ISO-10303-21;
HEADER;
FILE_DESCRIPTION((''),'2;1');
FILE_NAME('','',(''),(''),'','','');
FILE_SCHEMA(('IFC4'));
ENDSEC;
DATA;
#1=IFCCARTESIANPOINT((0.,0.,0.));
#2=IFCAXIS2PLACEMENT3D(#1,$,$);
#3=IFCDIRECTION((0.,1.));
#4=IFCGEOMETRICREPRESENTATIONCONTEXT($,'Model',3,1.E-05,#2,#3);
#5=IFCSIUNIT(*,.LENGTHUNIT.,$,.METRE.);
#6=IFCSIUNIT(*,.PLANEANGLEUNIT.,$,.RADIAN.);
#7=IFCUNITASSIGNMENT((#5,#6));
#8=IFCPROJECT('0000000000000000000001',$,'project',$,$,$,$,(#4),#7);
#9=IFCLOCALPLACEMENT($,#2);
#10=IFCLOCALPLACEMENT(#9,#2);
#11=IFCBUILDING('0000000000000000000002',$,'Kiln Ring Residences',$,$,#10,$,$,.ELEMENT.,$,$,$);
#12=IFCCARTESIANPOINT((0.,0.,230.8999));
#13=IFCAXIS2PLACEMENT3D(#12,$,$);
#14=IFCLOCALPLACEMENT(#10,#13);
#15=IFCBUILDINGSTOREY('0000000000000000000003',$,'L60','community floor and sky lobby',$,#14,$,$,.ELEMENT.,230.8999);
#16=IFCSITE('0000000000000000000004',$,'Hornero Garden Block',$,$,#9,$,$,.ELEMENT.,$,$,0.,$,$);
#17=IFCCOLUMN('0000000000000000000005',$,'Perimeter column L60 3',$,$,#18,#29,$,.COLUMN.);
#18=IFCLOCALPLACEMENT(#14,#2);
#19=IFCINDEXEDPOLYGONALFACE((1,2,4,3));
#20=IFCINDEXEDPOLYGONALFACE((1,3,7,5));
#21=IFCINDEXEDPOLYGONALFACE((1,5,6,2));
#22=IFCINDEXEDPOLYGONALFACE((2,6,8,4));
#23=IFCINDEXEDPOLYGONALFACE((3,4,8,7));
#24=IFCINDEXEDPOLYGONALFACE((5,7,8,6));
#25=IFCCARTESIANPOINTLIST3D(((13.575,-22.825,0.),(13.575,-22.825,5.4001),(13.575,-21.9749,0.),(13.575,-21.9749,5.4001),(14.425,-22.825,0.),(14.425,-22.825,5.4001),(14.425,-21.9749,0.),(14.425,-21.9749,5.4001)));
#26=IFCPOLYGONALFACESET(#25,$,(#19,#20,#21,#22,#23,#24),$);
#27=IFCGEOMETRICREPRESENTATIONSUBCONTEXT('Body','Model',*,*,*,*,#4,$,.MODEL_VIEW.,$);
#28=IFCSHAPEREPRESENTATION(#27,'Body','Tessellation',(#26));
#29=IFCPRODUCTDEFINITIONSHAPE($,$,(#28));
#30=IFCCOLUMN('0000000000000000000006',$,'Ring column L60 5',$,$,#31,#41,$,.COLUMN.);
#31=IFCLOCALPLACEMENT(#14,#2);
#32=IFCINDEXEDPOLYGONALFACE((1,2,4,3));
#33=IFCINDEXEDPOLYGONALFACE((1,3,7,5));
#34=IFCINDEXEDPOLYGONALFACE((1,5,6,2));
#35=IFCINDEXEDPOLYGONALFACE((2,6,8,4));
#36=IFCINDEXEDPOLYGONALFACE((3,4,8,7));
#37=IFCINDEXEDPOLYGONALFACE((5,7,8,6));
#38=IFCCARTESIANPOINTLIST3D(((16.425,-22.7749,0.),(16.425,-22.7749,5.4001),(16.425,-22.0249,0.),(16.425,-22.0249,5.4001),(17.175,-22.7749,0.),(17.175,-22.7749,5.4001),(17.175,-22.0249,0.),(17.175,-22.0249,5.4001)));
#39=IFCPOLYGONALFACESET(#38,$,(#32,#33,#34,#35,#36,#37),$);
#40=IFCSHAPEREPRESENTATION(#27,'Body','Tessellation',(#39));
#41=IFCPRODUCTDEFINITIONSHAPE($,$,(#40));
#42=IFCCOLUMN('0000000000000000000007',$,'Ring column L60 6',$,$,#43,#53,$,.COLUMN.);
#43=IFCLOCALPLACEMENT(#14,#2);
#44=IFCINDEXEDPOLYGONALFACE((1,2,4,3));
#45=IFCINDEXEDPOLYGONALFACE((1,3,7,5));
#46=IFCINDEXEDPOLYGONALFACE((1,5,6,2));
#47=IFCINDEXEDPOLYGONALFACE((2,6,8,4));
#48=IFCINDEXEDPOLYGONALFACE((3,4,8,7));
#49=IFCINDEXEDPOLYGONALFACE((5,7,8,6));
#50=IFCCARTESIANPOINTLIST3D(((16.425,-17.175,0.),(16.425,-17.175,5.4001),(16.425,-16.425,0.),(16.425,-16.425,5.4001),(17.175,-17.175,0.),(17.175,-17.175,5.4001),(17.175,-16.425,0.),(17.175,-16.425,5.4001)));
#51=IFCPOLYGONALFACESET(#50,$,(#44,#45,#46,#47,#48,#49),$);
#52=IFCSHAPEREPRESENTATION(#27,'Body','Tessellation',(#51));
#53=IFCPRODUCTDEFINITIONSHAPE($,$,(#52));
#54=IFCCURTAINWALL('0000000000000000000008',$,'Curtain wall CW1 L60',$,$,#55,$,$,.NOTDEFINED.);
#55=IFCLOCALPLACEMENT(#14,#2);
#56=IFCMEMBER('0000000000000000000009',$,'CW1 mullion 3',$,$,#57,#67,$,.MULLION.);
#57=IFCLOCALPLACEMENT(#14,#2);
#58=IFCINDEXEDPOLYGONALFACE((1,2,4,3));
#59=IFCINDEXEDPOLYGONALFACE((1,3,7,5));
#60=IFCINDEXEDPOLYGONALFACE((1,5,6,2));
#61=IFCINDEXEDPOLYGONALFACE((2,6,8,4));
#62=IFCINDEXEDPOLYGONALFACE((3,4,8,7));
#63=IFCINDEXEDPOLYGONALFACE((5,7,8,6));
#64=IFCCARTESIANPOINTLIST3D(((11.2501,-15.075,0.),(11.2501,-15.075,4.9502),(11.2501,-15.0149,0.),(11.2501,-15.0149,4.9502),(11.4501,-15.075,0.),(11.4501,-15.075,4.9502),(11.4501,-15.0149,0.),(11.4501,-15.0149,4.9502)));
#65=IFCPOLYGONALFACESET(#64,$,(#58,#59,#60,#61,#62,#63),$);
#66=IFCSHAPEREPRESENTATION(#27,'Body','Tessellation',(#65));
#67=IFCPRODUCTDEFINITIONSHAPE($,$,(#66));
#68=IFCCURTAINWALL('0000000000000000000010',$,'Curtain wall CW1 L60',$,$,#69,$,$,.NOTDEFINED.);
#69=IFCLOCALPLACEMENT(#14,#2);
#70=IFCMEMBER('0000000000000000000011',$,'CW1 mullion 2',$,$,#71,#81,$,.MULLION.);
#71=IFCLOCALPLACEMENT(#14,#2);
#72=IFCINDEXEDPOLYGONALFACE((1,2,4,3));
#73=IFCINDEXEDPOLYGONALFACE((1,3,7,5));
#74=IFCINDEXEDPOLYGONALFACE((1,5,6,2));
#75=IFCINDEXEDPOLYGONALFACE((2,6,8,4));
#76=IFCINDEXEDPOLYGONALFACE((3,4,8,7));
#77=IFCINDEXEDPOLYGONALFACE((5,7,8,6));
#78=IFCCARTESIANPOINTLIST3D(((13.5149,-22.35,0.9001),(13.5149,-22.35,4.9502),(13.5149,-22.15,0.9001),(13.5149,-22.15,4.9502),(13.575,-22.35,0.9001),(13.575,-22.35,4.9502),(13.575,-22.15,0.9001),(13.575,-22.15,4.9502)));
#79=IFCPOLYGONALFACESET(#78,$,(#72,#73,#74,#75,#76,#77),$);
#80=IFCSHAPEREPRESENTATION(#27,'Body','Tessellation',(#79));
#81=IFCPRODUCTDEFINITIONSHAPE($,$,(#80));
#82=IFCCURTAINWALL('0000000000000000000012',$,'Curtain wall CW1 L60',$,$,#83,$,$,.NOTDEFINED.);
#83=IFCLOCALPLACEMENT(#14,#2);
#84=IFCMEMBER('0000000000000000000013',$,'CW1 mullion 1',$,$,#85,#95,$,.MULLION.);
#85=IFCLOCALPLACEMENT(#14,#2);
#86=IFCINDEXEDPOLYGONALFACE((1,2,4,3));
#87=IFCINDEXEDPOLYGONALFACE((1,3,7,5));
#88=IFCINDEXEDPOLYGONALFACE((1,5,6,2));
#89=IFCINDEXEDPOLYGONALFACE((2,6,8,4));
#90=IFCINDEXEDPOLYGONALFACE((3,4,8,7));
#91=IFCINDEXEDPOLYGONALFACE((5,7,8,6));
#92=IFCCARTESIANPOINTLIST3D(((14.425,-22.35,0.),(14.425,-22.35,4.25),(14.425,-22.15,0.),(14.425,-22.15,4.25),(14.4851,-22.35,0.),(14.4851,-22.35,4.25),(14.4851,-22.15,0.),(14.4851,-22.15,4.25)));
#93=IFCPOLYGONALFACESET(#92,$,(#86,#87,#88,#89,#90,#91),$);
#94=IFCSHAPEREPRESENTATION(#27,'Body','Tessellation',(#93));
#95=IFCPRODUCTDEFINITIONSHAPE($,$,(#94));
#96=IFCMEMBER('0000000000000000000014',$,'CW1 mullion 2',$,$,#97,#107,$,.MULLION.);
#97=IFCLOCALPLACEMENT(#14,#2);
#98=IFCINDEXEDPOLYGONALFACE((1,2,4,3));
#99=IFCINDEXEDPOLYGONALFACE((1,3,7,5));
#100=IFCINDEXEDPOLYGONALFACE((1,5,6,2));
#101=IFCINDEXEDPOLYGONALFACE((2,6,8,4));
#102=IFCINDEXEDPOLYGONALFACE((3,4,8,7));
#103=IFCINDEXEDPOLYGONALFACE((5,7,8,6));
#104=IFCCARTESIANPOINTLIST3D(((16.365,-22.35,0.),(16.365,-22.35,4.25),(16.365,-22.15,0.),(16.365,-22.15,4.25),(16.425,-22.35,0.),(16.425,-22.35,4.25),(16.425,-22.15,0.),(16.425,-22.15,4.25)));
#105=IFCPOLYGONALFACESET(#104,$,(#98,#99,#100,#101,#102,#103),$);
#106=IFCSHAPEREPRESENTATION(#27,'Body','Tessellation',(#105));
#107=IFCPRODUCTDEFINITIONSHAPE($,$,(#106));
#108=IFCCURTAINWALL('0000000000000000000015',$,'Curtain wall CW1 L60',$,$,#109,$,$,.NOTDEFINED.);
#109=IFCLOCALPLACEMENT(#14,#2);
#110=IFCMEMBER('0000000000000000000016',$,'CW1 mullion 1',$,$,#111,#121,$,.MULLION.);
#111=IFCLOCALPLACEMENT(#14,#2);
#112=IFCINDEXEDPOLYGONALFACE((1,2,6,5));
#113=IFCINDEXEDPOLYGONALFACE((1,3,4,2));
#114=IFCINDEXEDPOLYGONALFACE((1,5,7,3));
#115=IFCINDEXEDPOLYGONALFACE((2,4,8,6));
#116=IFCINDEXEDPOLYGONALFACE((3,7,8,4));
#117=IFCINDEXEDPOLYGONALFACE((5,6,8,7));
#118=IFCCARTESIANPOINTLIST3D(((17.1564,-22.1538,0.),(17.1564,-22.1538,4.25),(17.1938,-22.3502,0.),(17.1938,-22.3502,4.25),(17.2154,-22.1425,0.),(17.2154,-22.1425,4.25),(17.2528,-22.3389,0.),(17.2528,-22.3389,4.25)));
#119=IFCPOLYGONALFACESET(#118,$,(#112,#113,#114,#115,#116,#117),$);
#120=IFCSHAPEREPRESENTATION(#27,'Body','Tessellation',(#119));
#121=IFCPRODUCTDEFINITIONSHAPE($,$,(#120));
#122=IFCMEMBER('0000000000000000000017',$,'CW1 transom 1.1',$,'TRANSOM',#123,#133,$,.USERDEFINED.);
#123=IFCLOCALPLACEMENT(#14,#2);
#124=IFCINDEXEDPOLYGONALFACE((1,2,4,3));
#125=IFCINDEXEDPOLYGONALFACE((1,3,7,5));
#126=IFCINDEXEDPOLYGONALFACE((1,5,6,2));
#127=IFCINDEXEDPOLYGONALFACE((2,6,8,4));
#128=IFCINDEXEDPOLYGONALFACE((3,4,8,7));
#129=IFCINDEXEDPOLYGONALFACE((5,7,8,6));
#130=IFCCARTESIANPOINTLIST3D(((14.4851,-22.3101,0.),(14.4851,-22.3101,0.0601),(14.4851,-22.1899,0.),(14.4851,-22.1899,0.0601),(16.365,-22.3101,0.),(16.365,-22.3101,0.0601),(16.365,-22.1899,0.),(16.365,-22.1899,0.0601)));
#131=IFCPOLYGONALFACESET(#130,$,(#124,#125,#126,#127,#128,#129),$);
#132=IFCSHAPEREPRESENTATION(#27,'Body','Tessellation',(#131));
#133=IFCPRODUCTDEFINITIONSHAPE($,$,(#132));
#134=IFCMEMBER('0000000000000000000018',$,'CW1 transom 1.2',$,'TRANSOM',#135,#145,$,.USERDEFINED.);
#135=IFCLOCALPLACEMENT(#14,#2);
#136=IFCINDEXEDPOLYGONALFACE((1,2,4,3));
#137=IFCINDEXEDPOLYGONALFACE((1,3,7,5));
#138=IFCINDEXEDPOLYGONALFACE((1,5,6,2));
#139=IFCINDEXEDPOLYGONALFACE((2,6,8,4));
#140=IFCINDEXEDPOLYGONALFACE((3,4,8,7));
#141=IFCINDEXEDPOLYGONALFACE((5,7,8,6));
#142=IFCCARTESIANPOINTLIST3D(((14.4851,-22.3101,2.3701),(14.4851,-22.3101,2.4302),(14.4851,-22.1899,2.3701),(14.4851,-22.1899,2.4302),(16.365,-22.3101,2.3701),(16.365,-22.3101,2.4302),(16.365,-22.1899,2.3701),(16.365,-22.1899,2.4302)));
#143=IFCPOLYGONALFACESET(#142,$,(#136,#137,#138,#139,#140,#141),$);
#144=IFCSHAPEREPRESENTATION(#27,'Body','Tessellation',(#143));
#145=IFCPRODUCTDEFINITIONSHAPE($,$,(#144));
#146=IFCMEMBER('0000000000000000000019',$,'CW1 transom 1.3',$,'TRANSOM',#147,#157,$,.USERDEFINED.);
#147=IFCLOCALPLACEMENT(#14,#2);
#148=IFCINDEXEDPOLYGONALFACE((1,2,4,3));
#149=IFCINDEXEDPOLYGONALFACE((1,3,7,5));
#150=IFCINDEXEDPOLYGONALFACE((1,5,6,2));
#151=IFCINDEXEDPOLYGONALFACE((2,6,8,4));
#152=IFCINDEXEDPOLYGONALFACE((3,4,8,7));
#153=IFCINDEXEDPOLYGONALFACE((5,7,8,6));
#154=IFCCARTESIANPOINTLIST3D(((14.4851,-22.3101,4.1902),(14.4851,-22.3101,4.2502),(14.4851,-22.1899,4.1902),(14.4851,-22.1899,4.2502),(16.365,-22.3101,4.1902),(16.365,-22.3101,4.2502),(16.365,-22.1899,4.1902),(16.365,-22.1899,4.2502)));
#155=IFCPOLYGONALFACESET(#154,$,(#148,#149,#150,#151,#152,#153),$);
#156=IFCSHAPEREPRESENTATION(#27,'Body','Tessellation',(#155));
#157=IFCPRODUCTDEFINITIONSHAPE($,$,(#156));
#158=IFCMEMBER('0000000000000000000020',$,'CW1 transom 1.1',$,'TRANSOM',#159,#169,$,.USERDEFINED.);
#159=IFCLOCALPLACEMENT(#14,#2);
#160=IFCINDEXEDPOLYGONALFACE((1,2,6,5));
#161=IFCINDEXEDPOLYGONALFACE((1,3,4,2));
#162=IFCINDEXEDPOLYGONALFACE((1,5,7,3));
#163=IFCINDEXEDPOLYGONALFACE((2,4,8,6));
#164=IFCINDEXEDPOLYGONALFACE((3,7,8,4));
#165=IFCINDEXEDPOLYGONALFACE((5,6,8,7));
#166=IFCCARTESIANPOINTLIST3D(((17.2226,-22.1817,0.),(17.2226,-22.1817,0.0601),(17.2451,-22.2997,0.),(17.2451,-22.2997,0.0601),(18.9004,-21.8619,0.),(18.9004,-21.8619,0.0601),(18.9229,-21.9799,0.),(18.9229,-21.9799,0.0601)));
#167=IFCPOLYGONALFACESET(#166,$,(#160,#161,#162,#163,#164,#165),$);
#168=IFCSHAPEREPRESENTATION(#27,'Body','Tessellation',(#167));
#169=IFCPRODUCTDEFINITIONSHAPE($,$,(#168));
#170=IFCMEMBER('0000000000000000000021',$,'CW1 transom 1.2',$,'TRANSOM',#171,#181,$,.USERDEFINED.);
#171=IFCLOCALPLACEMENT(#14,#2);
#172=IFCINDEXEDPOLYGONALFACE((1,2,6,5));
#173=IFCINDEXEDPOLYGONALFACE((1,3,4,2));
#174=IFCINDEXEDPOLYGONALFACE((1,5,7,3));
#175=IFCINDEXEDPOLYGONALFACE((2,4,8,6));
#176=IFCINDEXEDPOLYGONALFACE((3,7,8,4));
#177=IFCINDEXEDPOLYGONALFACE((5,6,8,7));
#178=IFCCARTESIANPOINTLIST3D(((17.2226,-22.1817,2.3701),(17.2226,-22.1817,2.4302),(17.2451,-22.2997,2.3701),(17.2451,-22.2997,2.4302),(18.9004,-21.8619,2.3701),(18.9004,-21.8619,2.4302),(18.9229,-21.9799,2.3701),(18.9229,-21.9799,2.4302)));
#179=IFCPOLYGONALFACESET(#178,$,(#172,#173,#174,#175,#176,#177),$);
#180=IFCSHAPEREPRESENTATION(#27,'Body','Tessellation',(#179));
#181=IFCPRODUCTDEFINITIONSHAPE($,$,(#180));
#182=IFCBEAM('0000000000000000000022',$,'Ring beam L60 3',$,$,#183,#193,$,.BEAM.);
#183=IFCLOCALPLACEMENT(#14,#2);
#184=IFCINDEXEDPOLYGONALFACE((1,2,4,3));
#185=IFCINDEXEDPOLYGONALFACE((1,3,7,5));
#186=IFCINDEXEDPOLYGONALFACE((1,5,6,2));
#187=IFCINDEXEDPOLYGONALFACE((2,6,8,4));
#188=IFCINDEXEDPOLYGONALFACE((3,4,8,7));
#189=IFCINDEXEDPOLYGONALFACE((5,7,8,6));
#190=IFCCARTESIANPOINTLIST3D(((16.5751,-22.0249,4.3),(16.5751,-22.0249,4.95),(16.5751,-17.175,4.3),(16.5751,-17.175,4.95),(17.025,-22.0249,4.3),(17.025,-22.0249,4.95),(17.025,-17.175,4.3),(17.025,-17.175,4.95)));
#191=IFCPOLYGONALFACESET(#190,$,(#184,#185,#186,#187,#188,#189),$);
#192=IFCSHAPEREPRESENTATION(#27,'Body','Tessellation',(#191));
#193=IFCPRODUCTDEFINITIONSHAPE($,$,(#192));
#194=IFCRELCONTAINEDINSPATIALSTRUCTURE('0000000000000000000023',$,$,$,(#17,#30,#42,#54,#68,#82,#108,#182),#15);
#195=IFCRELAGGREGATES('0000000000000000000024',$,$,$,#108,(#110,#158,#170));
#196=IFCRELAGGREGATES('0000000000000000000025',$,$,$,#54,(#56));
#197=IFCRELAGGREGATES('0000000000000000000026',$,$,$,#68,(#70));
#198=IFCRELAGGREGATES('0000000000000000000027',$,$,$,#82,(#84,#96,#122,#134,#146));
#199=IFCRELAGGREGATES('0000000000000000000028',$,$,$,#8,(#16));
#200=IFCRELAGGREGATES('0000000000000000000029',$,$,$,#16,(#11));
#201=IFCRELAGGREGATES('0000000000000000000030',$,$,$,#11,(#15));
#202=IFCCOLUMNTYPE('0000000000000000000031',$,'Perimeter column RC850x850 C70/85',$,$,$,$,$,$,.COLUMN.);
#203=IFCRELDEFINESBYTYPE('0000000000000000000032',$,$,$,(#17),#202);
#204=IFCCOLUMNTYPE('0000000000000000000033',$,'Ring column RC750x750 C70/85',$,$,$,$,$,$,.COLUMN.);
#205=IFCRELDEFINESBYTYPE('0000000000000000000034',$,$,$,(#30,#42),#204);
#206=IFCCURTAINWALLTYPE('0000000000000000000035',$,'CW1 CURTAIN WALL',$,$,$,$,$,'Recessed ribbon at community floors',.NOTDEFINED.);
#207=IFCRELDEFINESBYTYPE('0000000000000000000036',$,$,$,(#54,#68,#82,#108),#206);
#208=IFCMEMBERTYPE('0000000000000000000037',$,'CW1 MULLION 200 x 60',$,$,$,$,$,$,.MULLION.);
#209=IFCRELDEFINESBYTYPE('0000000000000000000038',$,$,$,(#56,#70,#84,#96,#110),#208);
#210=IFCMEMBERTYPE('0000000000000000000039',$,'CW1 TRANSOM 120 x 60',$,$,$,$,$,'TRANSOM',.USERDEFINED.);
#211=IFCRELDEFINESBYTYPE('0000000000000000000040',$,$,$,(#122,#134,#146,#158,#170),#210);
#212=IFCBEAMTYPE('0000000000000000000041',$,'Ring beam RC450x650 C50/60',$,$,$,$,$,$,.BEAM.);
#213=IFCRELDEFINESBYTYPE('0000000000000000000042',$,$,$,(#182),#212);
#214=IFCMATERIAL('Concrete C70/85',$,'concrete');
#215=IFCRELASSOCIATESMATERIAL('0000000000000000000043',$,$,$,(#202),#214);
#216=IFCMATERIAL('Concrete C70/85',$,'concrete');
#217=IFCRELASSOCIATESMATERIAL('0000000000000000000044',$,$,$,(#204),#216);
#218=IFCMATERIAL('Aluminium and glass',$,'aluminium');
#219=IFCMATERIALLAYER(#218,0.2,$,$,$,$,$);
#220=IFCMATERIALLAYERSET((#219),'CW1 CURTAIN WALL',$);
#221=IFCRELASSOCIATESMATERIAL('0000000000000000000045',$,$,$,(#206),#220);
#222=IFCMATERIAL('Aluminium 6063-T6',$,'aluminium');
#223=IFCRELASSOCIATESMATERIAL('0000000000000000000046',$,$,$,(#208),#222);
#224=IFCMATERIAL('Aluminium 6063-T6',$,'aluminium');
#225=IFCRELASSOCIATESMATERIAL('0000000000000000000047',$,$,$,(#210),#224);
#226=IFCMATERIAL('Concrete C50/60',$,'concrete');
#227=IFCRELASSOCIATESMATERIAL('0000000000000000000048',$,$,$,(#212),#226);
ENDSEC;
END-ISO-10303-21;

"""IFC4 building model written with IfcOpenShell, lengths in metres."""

from ifc_helpers import new_model, si_unit, direction, frame, origin, origin_2d, place, context, subcontext, project, spatial, rectangle, extrude, material, layer, layer_set, material_profile, profile_set, type_object, element, aggregate, save


model = new_model("IFC4")

# Units and contexts
model_context = context("Model", 3, precision=1e-05, world=origin(), true_north=direction((0.0, 1.0)))
body_context = subcontext(model_context, "Body", "Model", "MODEL_VIEW")
ifc_project = project(units=[si_unit("LENGTHUNIT", "METRE"), si_unit("PLANEANGLEUNIT", "RADIAN")], contexts=[model_context])

# Site, building, storey
site_placement = place(None, origin())
site = spatial("IfcSite", under=ifc_project, at=site_placement, Name="Hornero Garden Block", CompositionType="ELEMENT", RefElevation=0.0)
building_placement = place(site_placement, origin())
building = spatial("IfcBuilding", under=site, at=building_placement, Name="Kiln Ring Residences", CompositionType="ELEMENT")
storey_placement = place(building_placement, frame((0.0, 0.0, 230.8999)))
storey = spatial("IfcBuildingStorey", under=building, at=storey_placement, Name="L60", Description="community floor and sky lobby", CompositionType="ELEMENT", Elevation=230.8999)

# Columns
ifc_material_1 = material(Name="Concrete C70/85", Category="concrete")
ifc_material_profile_1 = material_profile(ifc_material_1, rectangle(XDim=0.8501, YDim=0.8501, at=origin_2d()), Name="RC850x850")
ifc_profile_set_1 = profile_set([ifc_material_profile_1], Name="Concrete C70/85")
column_type_1 = type_object("IfcColumnType", Name="Perimeter column RC850x850 C70/85", PredefinedType="COLUMN", material=ifc_profile_set_1)
column_placement = place(storey_placement, frame((14.0, -22.3999, 0.0), z_axis=(0.0, 0.0, 1.0), x_axis=(1.0, 0.0, 0.0)))
element("IfcColumn", 1, at=column_placement, inside=storey, type_object=column_type_1, Name="Perimeter column L60 3", PredefinedType="COLUMN", context=body_context, shape_type="SweptSolid", body=[
    extrude(rectangle(XDim=0.8501, YDim=0.8501, at=origin_2d()), origin(), (0.0, 0.0, 1.0), 5.4001),
])
ifc_material_2 = material(Name="Concrete C70/85", Category="concrete")
ifc_material_profile_2 = material_profile(ifc_material_2, rectangle(XDim=0.75, YDim=0.75, at=origin_2d()), Name="RC750x750")
ifc_profile_set_2 = profile_set([ifc_material_profile_2], Name="Concrete C70/85")
column_type_2 = type_object("IfcColumnType", Name="Ring column RC750x750 C70/85", PredefinedType="COLUMN", material=ifc_profile_set_2)
for number, where, z_axis, x_axis, name in (
    (2, (16.8, -22.3999, 0.0), (0.0, 0.0, 1.0), (1.0, 0.0, 0.0), "Ring column L60 5"),
    (3, (16.8, -16.8, 0.0), (0.0, 0.0, 1.0), (1.0, 0.0, 0.0), "Ring column L60 6"),
):
    element("IfcColumn", number, at=place(storey_placement, frame(where, z_axis=z_axis, x_axis=x_axis)), inside=storey, type_object=column_type_2, Name=name, PredefinedType="COLUMN", context=body_context, shape_type="SweptSolid", body=[
        extrude(rectangle(XDim=0.75, YDim=0.75, at=origin_2d()), origin(), (0.0, 0.0, 1.0), 5.4001),
    ])

# Curtain walls, members
ifc_material_3 = material(Name="Aluminium and glass", Category="aluminium")
ifc_layer_1 = layer(ifc_material_3, 0.2)
ifc_layer_set_1 = layer_set([ifc_layer_1], Name="CW1 CURTAIN WALL")
curtain_wall_type = type_object("IfcCurtainWallType", Name="CW1 CURTAIN WALL", ElementType="Recessed ribbon at community floors", PredefinedType="NOTDEFINED", material=ifc_layer_set_1)
placement = place(storey_placement, origin())
curtain_wall_1 = element("IfcCurtainWall", 4, at=placement, inside=storey, type_object=curtain_wall_type, Name="Curtain wall CW1 L60", PredefinedType="NOTDEFINED")
ifc_material_4 = material(Name="Aluminium 6063-T6", Category="aluminium")
ifc_material_profile_3 = material_profile(ifc_material_4, rectangle(XDim=0.2, YDim=0.0601, at=origin_2d()), Name="AL 200x60")
ifc_profile_set_3 = profile_set([ifc_material_profile_3], Name="Aluminium 6063-T6")
member_type_1 = type_object("IfcMemberType", Name="CW1 MULLION 200 x 60", PredefinedType="MULLION", material=ifc_profile_set_3)
member_1_placement = place(storey_placement, frame((11.3501, -15.0449, 0.0), z_axis=(0.0, 0.0, 1.0), x_axis=(1.0, 0.0, 0.0)))
member_1 = element("IfcMember", 5, at=member_1_placement, type_object=member_type_1, Name="CW1 mullion 3", PredefinedType="MULLION", context=body_context, shape_type="SweptSolid", body=[
    extrude(rectangle(XDim=0.2, YDim=0.0601, at=origin_2d()), origin(), (0.0, 0.0, 1.0), 4.9502),
])
curtain_wall_2 = element("IfcCurtainWall", 6, at=placement, inside=storey, type_object=curtain_wall_type, Name="Curtain wall CW1 L60", PredefinedType="NOTDEFINED")
member_2_placement = place(storey_placement, frame((13.5449, -22.25, 0.9001), z_axis=(0.0, 0.0, 1.0), x_axis=(0.0, 1.0, 0.0)))
member_2 = element("IfcMember", 7, at=member_2_placement, type_object=member_type_1, Name="CW1 mullion 2", PredefinedType="MULLION", context=body_context, shape_type="SweptSolid", body=[
    extrude(rectangle(XDim=0.2, YDim=0.0601, at=origin_2d()), origin(), (0.0, 0.0, 1.0), 4.05),
])

# Curtain wall, members
curtain_wall_3 = element("IfcCurtainWall", 8, at=placement, inside=storey, type_object=curtain_wall_type, Name="Curtain wall CW1 L60", PredefinedType="NOTDEFINED")
member_3_placement = place(storey_placement, frame((14.4551, -22.25, 0.0), z_axis=(0.0, 0.0, 1.0), x_axis=(0.0, 1.0, 0.0)))
member_3 = element("IfcMember", 9, at=member_3_placement, type_object=member_type_1, Name="CW1 mullion 1", PredefinedType="MULLION", context=body_context, shape_type="SweptSolid", body=[
    extrude(rectangle(XDim=0.2, YDim=0.0601, at=origin_2d()), origin(), (0.0, 0.0, 1.0), 4.25),
])
member_4_placement = place(storey_placement, frame((16.395, -22.25, 0.0), z_axis=(0.0, 0.0, 1.0), x_axis=(0.0, 1.0, 0.0)))
member_4 = element("IfcMember", 10, at=member_4_placement, type_object=member_type_1, Name="CW1 mullion 2", PredefinedType="MULLION", context=body_context, shape_type="SweptSolid", body=[
    extrude(rectangle(XDim=0.2, YDim=0.0601, at=origin_2d()), origin(), (0.0, 0.0, 1.0), 4.25),
])

# Curtain wall, member
curtain_wall_4 = element("IfcCurtainWall", 11, at=placement, inside=storey, type_object=curtain_wall_type, Name="Curtain wall CW1 L60", PredefinedType="NOTDEFINED")
member_5_placement = place(storey_placement, frame((17.2046, -22.2463, 0.0), z_axis=(0.0, 0.0, 1.0), x_axis=(-0.187366, 0.98229, 0.0)))
member_5 = element("IfcMember", 12, at=member_5_placement, type_object=member_type_1, Name="CW1 mullion 1", PredefinedType="MULLION", context=body_context, shape_type="SweptSolid", body=[
    extrude(rectangle(XDim=0.2, YDim=0.0601, at=origin_2d()), origin(), (0.0, 0.0, 1.0), 4.25),
])

# Members
ifc_material_5 = material(Name="Aluminium 6063-T6", Category="aluminium")
ifc_material_profile_4 = material_profile(ifc_material_5, rectangle(XDim=0.1201, YDim=0.0601, at=origin_2d()), Name="AL 120x60")
ifc_profile_set_4 = profile_set([ifc_material_profile_4], Name="Aluminium 6063-T6")
member_type_2 = type_object("IfcMemberType", Name="CW1 TRANSOM 120 x 60", ElementType="TRANSOM", PredefinedType="USERDEFINED", material=ifc_profile_set_4)
member_6_placement = place(storey_placement, frame((14.4851, -22.25, 0.03), z_axis=(1.0, 0.0, 0.0), x_axis=(0.0, 1.0, 0.0)))
member_6 = element("IfcMember", 13, at=member_6_placement, type_object=member_type_2, Name="CW1 transom 1.1", ObjectType="TRANSOM", PredefinedType="USERDEFINED", context=body_context, shape_type="SweptSolid", body=[
    extrude(rectangle(XDim=0.1201, YDim=0.0601, at=origin_2d()), origin(), (0.0, 0.0, 1.0), 1.8799),
])
member_7_placement = place(storey_placement, frame((14.4851, -22.25, 2.4001), z_axis=(1.0, 0.0, 0.0), x_axis=(0.0, 1.0, 0.0)))
member_7 = element("IfcMember", 14, at=member_7_placement, type_object=member_type_2, Name="CW1 transom 1.2", ObjectType="TRANSOM", PredefinedType="USERDEFINED", context=body_context, shape_type="SweptSolid", body=[
    extrude(rectangle(XDim=0.1201, YDim=0.0601, at=origin_2d()), origin(), (0.0, 0.0, 1.0), 1.8799),
])
member_8_placement = place(storey_placement, frame((14.4851, -22.25, 4.2202), z_axis=(1.0, 0.0, 0.0), x_axis=(0.0, 1.0, 0.0)))
member_8 = element("IfcMember", 15, at=member_8_placement, type_object=member_type_2, Name="CW1 transom 1.3", ObjectType="TRANSOM", PredefinedType="USERDEFINED", context=body_context, shape_type="SweptSolid", body=[
    extrude(rectangle(XDim=0.1201, YDim=0.0601, at=origin_2d()), origin(), (0.0, 0.0, 1.0), 1.8799),
])
member_9_placement = place(storey_placement, frame((17.2339, -22.2407, 0.03), z_axis=(0.982311, 0.187257, 0.0), x_axis=(-0.187257, 0.982311, 0.0)))
member_9 = element("IfcMember", 16, at=member_9_placement, type_object=member_type_2, Name="CW1 transom 1.1", ObjectType="TRANSOM", PredefinedType="USERDEFINED", context=body_context, shape_type="SweptSolid", body=[
    extrude(rectangle(XDim=0.1201, YDim=0.0601, at=origin_2d()), origin(), (0.0, 0.0, 1.0), 1.708),
])
member_10_placement = place(storey_placement, frame((17.2339, -22.2407, 2.4001), z_axis=(0.982311, 0.187257, 0.0), x_axis=(-0.187257, 0.982311, 0.0)))
member_10 = element("IfcMember", 17, at=member_10_placement, type_object=member_type_2, Name="CW1 transom 1.2", ObjectType="TRANSOM", PredefinedType="USERDEFINED", context=body_context, shape_type="SweptSolid", body=[
    extrude(rectangle(XDim=0.1201, YDim=0.0601, at=origin_2d()), origin(), (0.0, 0.0, 1.0), 1.708),
])
aggregate(curtain_wall_4, [member_5, member_9, member_10])

# Beam
ifc_material_6 = material(Name="Concrete C50/60", Category="concrete")
ifc_material_profile_5 = material_profile(ifc_material_6, rectangle(XDim=0.45, YDim=0.6499, at=origin_2d()), Name="RC450x650")
ifc_profile_set_5 = profile_set([ifc_material_profile_5], Name="Concrete C50/60")
beam_type_1 = type_object("IfcBeamType", Name="Ring beam RC450x650 C50/60", PredefinedType="BEAM", material=ifc_profile_set_5)
beam_1_placement = place(storey_placement, frame((16.8, -17.175, 4.625), z_axis=(0.0, -1.0, 0.0), x_axis=(1.0, 0.0, 0.0)))
element("IfcBeam", 18, at=beam_1_placement, inside=storey, type_object=beam_type_1, Name="Ring beam L60 3", PredefinedType="BEAM", context=body_context, shape_type="SweptSolid", body=[
    extrude(rectangle(XDim=0.45, YDim=0.6499, at=origin_2d()), origin(), (0.0, 0.0, 1.0), 4.8499),
])

aggregate(curtain_wall_1, [member_1])
aggregate(curtain_wall_2, [member_2])
aggregate(curtain_wall_3, [member_3, member_4, member_6, member_7, member_8])

save(model, "model.ifc")
